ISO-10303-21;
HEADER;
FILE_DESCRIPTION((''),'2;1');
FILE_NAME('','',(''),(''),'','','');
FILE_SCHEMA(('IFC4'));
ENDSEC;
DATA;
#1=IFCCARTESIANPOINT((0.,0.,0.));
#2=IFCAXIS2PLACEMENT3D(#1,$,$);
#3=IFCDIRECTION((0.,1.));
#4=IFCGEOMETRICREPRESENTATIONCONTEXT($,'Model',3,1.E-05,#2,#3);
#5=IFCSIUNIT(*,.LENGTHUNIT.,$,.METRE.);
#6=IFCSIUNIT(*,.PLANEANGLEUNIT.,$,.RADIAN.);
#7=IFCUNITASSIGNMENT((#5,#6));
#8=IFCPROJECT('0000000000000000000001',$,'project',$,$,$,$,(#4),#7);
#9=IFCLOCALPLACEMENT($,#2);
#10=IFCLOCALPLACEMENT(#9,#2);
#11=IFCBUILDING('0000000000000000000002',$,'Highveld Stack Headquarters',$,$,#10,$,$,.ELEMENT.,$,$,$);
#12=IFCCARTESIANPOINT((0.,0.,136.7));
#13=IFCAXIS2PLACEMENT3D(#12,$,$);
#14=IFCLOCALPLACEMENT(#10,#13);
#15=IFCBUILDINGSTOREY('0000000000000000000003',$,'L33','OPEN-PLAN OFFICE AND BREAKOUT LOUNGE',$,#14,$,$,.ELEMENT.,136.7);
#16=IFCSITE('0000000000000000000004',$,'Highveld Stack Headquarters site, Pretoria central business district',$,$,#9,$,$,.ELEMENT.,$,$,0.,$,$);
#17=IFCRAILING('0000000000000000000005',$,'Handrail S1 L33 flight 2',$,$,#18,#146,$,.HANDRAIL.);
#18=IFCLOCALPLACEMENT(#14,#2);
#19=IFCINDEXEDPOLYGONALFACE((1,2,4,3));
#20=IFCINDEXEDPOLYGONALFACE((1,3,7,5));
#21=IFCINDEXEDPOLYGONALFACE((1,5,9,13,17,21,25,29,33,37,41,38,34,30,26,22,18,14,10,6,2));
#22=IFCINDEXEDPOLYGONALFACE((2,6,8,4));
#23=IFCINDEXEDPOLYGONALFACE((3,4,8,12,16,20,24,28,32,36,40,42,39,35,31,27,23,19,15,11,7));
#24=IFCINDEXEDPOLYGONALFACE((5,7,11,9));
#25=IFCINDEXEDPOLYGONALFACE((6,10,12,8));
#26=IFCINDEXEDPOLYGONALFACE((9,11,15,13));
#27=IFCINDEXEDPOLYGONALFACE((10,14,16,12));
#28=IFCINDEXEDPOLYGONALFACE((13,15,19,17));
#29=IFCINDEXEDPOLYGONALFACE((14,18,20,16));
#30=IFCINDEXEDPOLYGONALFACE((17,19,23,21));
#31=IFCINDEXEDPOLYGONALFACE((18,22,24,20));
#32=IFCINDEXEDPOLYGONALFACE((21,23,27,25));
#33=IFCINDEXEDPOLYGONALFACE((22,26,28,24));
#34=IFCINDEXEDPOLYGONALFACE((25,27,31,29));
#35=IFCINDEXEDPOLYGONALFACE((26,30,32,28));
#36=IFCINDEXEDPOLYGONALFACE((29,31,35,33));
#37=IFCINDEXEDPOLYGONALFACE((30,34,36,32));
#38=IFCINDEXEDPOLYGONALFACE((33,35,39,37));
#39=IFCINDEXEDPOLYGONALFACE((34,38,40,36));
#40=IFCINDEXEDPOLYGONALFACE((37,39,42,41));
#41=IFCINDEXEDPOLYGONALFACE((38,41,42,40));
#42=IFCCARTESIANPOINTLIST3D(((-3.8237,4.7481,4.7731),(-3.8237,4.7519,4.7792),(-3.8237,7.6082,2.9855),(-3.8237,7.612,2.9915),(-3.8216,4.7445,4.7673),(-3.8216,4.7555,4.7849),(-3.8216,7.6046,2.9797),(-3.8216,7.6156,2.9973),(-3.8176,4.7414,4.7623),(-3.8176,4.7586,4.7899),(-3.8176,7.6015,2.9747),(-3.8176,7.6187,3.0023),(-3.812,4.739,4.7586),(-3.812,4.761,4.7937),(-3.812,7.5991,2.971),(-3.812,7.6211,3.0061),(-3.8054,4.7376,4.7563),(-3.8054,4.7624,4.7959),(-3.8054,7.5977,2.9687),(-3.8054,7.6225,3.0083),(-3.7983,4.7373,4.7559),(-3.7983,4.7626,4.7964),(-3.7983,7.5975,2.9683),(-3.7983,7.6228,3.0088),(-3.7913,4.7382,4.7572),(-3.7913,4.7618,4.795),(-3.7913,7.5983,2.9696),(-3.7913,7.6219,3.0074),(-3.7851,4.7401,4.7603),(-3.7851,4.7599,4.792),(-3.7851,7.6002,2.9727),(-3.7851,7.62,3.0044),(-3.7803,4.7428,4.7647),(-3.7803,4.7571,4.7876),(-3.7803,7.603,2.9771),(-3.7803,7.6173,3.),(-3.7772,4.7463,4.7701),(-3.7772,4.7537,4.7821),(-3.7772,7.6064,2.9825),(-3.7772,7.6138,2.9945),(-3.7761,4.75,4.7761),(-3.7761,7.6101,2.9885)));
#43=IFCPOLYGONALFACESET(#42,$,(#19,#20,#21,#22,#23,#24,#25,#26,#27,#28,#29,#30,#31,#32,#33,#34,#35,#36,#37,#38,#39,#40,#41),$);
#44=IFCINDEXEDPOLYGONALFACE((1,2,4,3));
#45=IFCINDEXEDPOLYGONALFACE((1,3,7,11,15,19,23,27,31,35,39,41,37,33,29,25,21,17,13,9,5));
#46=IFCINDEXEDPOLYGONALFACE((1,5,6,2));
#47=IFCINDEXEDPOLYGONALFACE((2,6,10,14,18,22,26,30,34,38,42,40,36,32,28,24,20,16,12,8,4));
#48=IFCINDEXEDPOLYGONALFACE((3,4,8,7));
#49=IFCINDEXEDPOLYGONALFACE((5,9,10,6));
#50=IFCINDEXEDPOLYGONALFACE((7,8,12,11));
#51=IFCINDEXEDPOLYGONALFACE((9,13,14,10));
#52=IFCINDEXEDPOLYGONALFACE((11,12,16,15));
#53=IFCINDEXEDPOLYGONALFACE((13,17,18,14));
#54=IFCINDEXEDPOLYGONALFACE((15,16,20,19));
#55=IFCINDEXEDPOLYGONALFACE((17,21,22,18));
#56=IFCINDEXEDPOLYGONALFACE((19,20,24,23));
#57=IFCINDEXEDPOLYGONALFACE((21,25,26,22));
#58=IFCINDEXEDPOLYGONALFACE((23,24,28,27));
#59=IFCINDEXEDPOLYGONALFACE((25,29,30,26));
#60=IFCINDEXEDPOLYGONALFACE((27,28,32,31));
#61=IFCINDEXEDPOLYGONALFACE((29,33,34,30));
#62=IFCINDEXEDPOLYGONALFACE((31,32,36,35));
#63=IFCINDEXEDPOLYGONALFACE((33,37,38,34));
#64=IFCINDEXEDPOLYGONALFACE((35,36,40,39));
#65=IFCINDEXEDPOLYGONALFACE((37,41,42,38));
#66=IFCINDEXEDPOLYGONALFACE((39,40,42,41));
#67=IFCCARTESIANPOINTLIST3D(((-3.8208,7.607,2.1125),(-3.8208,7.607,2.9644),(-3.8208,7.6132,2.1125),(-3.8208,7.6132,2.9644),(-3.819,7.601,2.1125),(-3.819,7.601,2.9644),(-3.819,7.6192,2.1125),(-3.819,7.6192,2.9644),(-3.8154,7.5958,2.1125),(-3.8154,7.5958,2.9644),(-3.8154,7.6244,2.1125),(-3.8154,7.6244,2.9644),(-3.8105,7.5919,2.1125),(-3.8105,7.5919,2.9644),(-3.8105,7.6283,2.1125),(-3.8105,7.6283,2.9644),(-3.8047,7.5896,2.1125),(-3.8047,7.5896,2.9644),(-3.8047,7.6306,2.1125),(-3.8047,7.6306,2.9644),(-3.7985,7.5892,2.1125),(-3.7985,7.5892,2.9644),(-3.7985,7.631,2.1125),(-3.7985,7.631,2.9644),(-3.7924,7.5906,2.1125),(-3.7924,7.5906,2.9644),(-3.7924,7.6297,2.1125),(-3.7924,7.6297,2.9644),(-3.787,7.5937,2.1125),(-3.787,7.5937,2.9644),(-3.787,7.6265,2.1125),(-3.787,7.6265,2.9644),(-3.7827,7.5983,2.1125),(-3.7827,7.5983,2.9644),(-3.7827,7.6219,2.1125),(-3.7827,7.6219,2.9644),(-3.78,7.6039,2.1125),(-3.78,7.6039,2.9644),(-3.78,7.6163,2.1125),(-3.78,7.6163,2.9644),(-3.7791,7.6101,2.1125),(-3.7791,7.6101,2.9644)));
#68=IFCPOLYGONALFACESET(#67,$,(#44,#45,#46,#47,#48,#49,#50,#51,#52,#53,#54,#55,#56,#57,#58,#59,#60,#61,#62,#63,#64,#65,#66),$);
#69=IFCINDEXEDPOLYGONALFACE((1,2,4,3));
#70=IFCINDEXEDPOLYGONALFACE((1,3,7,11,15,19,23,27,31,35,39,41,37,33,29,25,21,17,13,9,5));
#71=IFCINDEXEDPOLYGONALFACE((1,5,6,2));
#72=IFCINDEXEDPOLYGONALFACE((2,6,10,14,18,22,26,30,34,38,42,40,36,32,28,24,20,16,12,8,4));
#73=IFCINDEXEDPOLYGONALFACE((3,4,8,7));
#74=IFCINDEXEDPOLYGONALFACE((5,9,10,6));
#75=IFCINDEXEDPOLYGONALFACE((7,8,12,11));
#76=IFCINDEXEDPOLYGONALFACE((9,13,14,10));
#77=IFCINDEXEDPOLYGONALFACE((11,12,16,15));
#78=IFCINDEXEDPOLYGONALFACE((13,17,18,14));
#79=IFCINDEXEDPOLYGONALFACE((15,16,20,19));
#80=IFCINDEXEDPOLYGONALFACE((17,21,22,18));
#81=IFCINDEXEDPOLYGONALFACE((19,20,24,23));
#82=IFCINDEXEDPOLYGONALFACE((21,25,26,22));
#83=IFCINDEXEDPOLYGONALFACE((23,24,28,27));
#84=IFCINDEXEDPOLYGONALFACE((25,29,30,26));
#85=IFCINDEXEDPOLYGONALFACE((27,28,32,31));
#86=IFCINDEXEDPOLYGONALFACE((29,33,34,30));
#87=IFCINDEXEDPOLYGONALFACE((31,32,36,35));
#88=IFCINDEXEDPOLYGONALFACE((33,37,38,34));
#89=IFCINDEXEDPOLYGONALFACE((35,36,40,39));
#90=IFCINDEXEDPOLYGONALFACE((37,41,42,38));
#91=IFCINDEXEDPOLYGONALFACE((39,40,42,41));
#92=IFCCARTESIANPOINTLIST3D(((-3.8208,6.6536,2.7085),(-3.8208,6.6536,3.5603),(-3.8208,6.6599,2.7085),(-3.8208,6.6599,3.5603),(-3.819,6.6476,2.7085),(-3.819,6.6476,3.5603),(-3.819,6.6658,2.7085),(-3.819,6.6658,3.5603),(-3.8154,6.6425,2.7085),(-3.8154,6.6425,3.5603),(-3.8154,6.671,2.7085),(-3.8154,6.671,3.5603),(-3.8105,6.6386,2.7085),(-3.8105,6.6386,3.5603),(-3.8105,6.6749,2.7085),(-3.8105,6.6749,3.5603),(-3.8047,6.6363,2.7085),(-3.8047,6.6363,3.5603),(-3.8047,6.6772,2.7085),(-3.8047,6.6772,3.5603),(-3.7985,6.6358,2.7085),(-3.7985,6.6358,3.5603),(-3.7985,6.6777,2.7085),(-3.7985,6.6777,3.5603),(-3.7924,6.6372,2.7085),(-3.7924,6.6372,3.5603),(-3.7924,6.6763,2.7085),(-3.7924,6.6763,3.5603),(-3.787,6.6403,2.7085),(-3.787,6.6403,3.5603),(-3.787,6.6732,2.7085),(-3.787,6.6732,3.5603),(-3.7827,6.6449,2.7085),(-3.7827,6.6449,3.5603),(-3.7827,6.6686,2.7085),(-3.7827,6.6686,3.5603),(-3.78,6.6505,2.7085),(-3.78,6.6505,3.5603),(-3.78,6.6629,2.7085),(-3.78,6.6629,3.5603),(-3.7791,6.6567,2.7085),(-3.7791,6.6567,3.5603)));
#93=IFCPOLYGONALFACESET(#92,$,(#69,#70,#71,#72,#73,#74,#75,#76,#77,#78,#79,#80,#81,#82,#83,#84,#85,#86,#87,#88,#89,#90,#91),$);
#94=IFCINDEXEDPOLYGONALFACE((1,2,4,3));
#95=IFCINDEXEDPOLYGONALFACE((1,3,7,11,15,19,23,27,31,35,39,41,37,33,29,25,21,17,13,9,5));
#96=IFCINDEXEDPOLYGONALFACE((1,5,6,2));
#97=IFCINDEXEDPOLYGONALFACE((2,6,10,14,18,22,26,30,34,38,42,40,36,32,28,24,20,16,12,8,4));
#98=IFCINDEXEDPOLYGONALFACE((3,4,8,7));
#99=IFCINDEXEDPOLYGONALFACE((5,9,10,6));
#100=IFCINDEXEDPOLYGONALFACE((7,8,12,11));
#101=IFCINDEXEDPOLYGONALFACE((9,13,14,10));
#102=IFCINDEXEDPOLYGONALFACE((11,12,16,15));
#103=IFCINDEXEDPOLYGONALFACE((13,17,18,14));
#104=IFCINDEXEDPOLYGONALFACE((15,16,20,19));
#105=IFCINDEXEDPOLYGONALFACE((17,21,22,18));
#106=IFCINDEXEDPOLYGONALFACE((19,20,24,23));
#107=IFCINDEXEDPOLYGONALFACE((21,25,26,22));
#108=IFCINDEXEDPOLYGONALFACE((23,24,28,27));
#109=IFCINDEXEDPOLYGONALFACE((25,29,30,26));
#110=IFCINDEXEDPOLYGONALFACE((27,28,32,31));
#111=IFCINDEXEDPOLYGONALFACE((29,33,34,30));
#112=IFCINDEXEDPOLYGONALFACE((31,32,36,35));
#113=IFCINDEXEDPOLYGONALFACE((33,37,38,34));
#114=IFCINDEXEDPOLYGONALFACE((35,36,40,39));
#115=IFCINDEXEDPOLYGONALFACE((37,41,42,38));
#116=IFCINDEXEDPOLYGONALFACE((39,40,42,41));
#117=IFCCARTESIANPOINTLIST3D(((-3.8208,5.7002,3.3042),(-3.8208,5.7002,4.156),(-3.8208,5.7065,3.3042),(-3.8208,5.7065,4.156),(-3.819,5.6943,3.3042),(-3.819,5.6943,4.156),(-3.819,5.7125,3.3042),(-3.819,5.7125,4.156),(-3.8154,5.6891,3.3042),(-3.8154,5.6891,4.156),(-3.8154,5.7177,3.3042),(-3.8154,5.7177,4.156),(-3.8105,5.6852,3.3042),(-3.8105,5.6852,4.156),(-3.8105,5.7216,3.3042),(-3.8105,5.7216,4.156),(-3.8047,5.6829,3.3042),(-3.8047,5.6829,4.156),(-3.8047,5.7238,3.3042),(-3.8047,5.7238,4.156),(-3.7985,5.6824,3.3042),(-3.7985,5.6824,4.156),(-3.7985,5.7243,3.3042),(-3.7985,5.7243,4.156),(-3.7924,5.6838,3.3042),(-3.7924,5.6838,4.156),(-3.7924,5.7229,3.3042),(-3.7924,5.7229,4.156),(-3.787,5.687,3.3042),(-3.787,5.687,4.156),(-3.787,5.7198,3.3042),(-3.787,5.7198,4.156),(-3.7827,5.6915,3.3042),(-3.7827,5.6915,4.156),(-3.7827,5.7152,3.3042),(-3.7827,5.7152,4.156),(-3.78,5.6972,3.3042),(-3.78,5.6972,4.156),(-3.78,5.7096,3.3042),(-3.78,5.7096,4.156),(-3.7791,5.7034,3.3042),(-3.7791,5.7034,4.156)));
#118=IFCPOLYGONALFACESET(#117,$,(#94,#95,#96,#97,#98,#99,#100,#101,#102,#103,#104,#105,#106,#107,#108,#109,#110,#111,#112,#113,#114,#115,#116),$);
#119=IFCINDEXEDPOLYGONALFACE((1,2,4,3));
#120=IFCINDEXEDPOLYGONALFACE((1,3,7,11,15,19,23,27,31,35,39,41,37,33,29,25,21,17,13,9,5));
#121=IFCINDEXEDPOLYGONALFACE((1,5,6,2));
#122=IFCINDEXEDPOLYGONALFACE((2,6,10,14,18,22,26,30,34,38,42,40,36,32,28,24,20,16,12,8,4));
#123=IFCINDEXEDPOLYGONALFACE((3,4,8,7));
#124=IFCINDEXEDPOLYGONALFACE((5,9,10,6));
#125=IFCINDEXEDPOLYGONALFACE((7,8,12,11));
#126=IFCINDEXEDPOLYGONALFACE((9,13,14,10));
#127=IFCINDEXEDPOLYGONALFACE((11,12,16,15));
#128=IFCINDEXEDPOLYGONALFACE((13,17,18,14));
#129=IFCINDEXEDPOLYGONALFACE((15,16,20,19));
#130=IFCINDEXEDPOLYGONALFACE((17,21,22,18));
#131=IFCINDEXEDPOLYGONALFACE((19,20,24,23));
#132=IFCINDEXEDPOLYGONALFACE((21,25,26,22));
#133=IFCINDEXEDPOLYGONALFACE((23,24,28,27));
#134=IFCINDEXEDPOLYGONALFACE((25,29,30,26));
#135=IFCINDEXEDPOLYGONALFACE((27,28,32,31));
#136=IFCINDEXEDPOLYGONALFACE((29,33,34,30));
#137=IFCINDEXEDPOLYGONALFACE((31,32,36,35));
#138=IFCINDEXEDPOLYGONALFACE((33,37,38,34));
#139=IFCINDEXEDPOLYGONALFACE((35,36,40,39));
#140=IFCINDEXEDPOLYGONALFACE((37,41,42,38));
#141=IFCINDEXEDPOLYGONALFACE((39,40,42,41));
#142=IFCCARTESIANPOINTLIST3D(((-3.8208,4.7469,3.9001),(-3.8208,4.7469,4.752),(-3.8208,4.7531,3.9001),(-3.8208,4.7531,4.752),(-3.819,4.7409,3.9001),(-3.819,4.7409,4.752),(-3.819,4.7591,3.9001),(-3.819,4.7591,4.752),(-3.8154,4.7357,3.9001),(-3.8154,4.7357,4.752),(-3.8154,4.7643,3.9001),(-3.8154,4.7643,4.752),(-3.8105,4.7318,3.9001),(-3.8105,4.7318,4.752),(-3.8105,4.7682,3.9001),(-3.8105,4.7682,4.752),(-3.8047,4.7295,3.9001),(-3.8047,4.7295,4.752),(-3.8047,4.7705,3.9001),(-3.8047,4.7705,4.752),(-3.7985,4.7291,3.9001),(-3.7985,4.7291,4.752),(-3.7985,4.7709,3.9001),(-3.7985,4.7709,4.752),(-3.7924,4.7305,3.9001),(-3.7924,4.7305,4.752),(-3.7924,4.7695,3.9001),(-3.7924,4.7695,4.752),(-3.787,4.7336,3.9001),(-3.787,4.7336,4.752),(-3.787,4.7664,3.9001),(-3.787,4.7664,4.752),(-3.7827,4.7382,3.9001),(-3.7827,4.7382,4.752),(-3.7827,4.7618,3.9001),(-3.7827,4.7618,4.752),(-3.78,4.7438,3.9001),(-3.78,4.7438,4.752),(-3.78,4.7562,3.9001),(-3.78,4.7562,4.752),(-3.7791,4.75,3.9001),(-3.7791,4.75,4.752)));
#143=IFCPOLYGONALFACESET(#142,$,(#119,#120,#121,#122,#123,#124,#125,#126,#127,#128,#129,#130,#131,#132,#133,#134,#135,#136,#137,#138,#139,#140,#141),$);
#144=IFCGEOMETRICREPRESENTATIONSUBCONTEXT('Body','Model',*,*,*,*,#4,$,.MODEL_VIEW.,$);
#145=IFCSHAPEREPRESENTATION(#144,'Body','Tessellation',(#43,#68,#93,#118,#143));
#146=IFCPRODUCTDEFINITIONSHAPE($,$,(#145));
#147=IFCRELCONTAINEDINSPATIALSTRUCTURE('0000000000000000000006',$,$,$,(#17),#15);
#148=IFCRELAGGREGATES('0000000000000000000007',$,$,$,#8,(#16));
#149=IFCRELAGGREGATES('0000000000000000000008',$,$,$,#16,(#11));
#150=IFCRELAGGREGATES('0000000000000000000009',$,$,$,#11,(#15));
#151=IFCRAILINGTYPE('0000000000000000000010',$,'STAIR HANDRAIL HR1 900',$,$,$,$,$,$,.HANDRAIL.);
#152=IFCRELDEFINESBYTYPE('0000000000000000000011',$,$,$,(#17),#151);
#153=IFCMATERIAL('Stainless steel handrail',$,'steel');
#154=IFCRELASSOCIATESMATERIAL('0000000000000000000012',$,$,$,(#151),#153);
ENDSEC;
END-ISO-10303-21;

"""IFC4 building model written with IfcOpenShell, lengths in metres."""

from ifc_helpers import new_model, si_unit, direction, frame, origin, origin_2d, place, context, subcontext, project, spatial, circle, extrude, material, type_object, element, save


model = new_model("IFC4")

# Units and contexts
model_context = context("Model", 3, precision=1e-05, world=origin(), true_north=direction((0.0, 1.0)))
body_context = subcontext(model_context, "Body", "Model", "MODEL_VIEW")
ifc_project = project(units=[si_unit("LENGTHUNIT", "METRE"), si_unit("PLANEANGLEUNIT", "RADIAN")], contexts=[model_context])

# Site, building, storey
site_placement = place(None, origin())
site = spatial("IfcSite", under=ifc_project, at=site_placement, Name="Highveld Stack Headquarters site, Pretoria central business district", CompositionType="ELEMENT", RefElevation=0.0)
building_placement = place(site_placement, origin())
building = spatial("IfcBuilding", under=site, at=building_placement, Name="Highveld Stack Headquarters", CompositionType="ELEMENT")
storey_placement = place(building_placement, frame((0.0, 0.0, 136.7)))
storey = spatial("IfcBuildingStorey", under=building, at=storey_placement, Name="L33", Description="OPEN-PLAN OFFICE AND BREAKOUT LOUNGE", CompositionType="ELEMENT", Elevation=136.7)

# Railing
ifc_material_1 = material(Name="Stainless steel handrail", Category="steel")
railing_type = type_object("IfcRailingType", Name="STAIR HANDRAIL HR1 900", PredefinedType="HANDRAIL", material=ifc_material_1)
for number, where, name in (
    (1, (-3.8, 7.6101, 2.1125), "Handrail S1 L33 flight 2"),
):
    element("IfcRailing", number, at=place(storey_placement, frame(where)), inside=storey, type_object=railing_type, Name=name, PredefinedType="HANDRAIL", context=body_context, shape_type="SweptSolid", body=[
        extrude(circle(Radius=0.0239, at=origin_2d()), frame((0.0, 0.0, 0.876), z_axis=(0.0, -0.847994, 0.530005), x_axis=(1.0, 0.0, 0.0)), (0.0, 0.0, 1.0), 3.3728),
        extrude(circle(Radius=0.021, at=origin_2d()), origin(), (0.0, 0.0, 1.0), 0.8518),
        extrude(circle(Radius=0.021, at=origin_2d()), frame((0.0, -0.9534, 0.5959)), (0.0, 0.0, 1.0), 0.8518),
        extrude(circle(Radius=0.021, at=origin_2d()), frame((0.0, -1.9067, 1.1917)), (0.0, 0.0, 1.0), 0.8518),
        extrude(circle(Radius=0.021, at=origin_2d()), frame((0.0, -2.8601, 1.7876)), (0.0, 0.0, 1.0), 0.8518),
    ])

save(model, "model.ifc")
